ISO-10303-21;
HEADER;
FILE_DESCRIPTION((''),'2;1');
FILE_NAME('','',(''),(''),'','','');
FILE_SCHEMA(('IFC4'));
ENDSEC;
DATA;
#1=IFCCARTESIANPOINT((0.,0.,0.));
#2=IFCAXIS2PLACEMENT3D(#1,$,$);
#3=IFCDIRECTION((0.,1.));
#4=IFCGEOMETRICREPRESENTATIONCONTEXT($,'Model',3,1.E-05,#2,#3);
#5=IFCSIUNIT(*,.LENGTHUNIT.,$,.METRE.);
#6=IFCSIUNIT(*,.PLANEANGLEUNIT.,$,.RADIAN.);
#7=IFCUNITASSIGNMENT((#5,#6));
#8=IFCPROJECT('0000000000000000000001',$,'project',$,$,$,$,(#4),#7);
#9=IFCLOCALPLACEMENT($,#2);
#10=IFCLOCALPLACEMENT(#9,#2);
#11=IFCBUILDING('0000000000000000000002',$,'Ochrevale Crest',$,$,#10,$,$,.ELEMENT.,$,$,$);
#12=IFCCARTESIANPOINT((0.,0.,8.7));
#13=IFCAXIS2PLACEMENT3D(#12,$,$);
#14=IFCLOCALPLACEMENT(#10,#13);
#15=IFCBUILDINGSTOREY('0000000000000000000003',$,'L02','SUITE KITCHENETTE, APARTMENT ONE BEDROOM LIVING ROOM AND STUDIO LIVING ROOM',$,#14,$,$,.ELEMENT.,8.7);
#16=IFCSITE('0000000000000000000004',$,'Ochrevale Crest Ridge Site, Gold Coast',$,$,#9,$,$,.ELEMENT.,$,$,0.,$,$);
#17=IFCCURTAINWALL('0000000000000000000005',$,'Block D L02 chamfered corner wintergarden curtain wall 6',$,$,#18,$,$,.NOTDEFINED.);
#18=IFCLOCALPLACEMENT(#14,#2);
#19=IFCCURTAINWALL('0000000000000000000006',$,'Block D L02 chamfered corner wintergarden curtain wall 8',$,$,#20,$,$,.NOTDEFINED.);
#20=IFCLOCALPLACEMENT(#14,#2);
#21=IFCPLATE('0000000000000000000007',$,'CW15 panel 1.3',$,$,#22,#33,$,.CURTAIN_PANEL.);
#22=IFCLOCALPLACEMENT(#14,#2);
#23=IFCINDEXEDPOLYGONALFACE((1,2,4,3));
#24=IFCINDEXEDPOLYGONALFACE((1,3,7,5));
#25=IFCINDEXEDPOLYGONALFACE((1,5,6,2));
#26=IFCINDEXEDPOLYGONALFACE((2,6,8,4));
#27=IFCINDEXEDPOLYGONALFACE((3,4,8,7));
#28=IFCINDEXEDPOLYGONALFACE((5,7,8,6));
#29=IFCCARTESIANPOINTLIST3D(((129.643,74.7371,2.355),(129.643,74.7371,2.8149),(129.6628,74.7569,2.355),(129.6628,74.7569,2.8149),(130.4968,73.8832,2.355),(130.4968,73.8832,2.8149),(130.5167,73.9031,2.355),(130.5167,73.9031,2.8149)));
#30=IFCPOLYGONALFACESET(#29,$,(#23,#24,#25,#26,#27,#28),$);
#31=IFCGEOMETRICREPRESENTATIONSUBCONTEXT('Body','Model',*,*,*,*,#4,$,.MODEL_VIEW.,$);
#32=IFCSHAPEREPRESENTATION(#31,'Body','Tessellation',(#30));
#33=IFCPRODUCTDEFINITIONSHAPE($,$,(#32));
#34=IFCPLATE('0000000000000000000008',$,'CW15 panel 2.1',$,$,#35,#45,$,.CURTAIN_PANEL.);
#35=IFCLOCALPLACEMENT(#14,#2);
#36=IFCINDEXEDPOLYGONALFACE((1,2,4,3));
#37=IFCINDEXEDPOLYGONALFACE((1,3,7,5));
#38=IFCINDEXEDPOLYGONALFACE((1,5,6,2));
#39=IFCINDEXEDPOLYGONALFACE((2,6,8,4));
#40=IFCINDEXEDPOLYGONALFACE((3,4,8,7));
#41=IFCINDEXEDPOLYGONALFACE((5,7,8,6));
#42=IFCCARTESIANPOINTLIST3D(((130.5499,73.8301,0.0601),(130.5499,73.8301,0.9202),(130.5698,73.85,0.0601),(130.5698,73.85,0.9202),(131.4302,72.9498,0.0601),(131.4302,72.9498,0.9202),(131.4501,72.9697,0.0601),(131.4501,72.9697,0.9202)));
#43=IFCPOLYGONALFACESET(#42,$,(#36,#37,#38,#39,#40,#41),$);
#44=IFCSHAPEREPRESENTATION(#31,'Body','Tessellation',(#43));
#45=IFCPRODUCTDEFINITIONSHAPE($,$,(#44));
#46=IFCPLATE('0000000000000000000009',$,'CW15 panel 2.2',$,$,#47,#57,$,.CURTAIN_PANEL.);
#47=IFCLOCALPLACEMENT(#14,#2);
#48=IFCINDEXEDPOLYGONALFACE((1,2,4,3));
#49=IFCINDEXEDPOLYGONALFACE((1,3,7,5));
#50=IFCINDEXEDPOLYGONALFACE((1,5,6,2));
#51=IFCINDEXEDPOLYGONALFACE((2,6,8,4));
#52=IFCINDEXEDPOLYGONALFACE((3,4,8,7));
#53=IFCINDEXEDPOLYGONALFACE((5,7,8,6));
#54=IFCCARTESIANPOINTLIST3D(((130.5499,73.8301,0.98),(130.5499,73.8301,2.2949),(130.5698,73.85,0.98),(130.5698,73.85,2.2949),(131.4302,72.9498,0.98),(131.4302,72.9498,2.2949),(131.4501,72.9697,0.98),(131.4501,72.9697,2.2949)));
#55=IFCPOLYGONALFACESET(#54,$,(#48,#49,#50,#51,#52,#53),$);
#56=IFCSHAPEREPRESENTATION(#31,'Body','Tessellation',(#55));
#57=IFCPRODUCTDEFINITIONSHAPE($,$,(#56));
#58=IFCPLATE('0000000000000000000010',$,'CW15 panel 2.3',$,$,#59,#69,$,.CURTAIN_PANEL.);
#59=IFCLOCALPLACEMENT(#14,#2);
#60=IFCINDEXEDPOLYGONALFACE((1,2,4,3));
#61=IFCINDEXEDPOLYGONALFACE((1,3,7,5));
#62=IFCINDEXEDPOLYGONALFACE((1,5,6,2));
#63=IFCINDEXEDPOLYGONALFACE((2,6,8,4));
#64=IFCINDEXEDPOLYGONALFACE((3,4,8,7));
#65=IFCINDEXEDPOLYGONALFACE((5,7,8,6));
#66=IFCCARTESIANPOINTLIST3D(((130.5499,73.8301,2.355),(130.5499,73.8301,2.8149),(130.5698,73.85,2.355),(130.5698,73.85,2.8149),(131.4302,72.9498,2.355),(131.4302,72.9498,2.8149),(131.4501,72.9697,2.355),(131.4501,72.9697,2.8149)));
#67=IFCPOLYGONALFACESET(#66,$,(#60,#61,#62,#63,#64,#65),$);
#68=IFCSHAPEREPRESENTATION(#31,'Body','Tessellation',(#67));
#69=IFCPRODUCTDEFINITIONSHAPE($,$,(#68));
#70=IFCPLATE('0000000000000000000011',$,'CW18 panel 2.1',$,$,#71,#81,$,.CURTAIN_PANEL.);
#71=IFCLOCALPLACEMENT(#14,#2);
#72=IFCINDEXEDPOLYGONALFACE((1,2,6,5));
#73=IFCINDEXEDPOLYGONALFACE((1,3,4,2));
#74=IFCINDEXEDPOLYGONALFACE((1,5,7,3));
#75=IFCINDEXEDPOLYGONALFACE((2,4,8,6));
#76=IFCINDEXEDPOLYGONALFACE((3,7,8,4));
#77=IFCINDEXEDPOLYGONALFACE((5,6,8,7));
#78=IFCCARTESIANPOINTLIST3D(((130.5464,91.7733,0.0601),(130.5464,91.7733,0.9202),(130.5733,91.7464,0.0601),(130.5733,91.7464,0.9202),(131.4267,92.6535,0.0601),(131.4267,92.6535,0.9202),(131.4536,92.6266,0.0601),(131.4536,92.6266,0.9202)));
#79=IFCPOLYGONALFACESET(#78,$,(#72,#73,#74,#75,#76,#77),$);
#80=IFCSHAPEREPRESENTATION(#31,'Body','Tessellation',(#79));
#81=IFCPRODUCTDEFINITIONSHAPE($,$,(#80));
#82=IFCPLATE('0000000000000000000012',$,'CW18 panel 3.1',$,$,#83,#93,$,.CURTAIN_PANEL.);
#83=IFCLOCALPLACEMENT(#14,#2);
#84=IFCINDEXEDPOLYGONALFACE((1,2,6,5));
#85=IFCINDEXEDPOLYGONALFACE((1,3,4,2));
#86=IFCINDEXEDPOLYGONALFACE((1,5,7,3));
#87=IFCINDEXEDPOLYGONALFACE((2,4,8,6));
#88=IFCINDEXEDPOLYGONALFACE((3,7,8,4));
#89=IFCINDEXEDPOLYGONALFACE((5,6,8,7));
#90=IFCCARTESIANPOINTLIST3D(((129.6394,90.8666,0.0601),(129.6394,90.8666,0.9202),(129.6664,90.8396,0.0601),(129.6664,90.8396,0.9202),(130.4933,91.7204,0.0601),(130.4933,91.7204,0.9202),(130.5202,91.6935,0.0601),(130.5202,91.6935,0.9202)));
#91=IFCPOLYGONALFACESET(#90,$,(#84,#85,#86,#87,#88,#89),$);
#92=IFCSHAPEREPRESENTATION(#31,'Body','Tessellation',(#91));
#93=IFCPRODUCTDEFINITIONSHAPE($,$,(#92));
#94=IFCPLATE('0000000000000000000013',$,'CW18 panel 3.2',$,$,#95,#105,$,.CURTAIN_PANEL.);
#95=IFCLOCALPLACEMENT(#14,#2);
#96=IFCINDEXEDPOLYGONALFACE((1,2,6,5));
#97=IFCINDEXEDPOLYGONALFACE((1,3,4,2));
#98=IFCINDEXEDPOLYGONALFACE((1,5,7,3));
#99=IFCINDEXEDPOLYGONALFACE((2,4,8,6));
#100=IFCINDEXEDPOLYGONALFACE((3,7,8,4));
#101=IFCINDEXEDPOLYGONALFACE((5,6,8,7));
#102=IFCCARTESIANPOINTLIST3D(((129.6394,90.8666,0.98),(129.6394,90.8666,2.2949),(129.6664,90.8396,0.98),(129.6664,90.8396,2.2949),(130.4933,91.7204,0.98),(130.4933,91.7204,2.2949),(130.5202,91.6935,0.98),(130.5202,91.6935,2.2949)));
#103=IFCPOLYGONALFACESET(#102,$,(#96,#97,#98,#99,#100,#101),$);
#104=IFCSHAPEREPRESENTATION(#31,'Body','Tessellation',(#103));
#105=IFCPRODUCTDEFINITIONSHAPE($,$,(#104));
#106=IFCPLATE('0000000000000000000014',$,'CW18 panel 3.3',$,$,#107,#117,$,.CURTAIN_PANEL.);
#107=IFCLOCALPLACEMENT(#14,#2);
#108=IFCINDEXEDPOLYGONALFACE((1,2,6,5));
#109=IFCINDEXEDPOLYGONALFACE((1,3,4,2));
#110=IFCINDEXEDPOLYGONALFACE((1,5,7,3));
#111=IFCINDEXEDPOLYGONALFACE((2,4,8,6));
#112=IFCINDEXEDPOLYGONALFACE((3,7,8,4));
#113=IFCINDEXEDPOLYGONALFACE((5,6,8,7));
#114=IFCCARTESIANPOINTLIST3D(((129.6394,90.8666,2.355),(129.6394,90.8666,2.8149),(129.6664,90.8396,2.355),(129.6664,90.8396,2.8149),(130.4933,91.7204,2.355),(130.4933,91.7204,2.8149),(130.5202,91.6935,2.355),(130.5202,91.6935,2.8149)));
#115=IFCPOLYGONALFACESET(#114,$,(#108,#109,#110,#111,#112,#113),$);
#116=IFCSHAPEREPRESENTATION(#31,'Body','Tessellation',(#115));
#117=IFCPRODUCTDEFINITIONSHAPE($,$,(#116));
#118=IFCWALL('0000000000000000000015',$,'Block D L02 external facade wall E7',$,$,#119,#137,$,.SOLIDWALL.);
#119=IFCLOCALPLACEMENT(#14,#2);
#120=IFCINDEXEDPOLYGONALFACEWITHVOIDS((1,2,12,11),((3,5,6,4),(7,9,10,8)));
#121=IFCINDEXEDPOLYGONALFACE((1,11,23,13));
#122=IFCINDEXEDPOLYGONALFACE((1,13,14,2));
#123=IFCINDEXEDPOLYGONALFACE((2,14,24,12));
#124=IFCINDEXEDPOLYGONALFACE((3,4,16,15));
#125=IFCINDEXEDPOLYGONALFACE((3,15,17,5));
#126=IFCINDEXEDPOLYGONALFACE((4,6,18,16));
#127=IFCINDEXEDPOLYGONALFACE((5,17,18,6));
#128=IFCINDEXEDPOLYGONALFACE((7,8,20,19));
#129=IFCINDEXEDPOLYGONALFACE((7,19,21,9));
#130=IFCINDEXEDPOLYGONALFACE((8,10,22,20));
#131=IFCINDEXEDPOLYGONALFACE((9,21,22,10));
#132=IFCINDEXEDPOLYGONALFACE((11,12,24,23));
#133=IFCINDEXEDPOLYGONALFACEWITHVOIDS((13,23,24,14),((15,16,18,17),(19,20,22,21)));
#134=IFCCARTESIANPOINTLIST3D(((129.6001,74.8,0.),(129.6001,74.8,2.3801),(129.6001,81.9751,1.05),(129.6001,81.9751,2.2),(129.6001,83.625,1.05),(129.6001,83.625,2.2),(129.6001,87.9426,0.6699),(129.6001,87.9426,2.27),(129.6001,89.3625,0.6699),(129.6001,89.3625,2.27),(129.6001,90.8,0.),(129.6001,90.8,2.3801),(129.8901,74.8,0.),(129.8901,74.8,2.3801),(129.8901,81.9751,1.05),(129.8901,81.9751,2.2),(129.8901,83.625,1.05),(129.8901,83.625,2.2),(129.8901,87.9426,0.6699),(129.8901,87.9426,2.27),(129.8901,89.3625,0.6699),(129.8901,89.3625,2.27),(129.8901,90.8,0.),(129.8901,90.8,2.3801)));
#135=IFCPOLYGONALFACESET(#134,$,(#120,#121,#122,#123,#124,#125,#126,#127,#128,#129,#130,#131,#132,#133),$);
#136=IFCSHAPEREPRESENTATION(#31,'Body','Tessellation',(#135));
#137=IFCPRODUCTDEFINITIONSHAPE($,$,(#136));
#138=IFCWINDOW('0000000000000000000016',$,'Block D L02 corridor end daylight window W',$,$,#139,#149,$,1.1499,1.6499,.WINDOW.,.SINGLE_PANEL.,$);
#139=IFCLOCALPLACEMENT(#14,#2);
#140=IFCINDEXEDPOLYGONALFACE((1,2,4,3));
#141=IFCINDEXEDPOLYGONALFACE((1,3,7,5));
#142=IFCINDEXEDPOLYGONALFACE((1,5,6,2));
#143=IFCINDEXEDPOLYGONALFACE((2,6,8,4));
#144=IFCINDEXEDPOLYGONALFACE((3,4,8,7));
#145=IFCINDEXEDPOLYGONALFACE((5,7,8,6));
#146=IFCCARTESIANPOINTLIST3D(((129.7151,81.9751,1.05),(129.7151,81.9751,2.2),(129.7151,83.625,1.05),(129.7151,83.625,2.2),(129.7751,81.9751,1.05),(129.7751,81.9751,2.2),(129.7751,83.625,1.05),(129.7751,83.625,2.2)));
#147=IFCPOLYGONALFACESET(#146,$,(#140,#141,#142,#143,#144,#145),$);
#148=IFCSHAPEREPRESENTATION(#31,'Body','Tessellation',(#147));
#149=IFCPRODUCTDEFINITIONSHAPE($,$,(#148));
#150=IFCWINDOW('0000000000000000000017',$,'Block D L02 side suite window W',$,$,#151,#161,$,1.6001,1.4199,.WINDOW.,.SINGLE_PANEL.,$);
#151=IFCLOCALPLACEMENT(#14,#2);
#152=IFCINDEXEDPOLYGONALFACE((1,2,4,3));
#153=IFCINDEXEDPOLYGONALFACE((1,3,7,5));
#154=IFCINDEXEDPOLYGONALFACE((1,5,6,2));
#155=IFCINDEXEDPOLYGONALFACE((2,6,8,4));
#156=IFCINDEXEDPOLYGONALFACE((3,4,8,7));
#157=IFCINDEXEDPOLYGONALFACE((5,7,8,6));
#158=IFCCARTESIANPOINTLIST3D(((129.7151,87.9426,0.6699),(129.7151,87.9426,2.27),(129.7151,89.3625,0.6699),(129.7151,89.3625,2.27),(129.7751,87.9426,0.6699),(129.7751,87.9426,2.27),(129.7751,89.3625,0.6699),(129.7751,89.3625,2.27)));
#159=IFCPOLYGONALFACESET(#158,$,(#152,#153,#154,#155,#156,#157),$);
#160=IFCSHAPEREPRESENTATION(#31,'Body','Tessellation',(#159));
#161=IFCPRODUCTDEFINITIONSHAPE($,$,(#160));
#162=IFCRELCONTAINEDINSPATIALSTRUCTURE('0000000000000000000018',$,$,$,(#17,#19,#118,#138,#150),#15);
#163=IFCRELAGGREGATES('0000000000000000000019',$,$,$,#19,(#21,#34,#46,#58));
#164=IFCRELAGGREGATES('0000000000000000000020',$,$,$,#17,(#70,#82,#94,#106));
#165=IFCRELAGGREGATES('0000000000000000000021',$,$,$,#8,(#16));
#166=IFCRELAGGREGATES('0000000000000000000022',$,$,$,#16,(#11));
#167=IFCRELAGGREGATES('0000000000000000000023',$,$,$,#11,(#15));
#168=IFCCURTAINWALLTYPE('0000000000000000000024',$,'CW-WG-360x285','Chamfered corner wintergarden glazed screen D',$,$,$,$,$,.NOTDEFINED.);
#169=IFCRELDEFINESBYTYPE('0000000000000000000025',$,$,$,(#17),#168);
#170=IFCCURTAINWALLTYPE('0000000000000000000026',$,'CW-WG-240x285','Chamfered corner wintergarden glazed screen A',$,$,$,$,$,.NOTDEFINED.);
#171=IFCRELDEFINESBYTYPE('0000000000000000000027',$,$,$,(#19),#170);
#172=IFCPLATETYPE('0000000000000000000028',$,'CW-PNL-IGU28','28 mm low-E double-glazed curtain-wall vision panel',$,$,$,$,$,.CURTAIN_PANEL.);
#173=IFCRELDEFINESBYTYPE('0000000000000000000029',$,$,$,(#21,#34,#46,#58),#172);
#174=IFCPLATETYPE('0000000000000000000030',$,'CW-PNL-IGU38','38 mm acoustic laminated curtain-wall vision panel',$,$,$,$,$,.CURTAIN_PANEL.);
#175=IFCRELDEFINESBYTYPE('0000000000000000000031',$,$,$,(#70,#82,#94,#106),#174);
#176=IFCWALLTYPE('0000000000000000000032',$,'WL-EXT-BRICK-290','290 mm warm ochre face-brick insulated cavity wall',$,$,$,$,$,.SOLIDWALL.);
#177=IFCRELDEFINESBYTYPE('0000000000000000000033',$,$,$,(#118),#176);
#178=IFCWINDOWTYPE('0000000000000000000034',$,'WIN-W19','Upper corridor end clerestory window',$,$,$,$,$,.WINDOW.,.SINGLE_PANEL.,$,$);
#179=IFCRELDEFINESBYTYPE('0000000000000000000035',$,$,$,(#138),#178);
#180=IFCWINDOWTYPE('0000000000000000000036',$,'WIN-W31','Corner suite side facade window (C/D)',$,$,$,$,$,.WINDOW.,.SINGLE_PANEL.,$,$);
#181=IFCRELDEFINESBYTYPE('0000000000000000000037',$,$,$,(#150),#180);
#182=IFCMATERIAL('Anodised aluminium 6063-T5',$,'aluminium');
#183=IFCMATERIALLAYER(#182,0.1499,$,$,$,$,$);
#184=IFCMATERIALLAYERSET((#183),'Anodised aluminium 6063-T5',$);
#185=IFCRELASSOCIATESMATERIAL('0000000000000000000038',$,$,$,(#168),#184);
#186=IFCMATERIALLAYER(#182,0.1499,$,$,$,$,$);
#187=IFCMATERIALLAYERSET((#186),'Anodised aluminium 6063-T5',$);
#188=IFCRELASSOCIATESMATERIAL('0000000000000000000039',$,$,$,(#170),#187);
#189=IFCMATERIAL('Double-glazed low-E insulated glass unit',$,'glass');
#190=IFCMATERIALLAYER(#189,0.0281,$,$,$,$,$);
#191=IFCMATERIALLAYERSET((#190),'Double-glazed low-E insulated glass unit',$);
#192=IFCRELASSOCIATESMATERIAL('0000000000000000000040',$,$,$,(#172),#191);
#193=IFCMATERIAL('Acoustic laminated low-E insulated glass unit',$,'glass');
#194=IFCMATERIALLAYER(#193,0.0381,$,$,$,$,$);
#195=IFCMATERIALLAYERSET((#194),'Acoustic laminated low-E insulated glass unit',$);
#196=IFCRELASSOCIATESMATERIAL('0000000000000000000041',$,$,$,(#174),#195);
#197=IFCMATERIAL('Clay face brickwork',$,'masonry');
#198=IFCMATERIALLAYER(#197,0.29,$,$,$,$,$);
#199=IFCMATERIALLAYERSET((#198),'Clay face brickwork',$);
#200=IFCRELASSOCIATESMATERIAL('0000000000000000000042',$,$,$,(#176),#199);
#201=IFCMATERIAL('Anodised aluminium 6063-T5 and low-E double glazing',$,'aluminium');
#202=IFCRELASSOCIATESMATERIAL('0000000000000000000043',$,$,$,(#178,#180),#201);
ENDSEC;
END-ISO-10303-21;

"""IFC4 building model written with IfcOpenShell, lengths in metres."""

from ifc_helpers import new_model, si_unit, direction, frame, frame_2d, origin, origin_2d, place, context, subcontext, project, spatial, rectangle, extrude, material, layer, layer_set, type_object, element, fill, aggregate, save


model = new_model("IFC4")

# Units and contexts
model_context = context("Model", 3, precision=1e-05, world=origin(), true_north=direction((0.0, 1.0)))
body_context = subcontext(model_context, "Body", "Model", "MODEL_VIEW")
ifc_project = project(units=[si_unit("LENGTHUNIT", "METRE"), si_unit("PLANEANGLEUNIT", "RADIAN")], contexts=[model_context])

# Site, building, storey
site_placement = place(None, origin())
site = spatial("IfcSite", under=ifc_project, at=site_placement, Name="Ochrevale Crest Ridge Site, Gold Coast", CompositionType="ELEMENT", RefElevation=0.0)
building_placement = place(site_placement, origin())
building = spatial("IfcBuilding", under=site, at=building_placement, Name="Ochrevale Crest", CompositionType="ELEMENT")
storey_placement = place(building_placement, frame((0.0, 0.0, 8.7)))
storey = spatial("IfcBuildingStorey", under=building, at=storey_placement, Name="L02", Description="SUITE KITCHENETTE, APARTMENT ONE BEDROOM LIVING ROOM AND STUDIO LIVING ROOM", CompositionType="ELEMENT", Elevation=8.7)

# Curtain walls
ifc_material_1 = material(Name="Anodised aluminium 6063-T5", Category="aluminium")
ifc_layer_1 = layer(ifc_material_1, 0.1499)
ifc_layer_set_1 = layer_set([ifc_layer_1], Name="Anodised aluminium 6063-T5")
curtain_wall_type_1 = type_object("IfcCurtainWallType", Name="CW-WG-360x285", Description="Chamfered corner wintergarden glazed screen D", PredefinedType="NOTDEFINED", material=ifc_layer_set_1)
curtain_wall_1_placement = place(storey_placement, origin())
curtain_wall_1 = element("IfcCurtainWall", 1, at=curtain_wall_1_placement, inside=storey, type_object=curtain_wall_type_1, Name="Block D L02 chamfered corner wintergarden curtain wall 6", PredefinedType="NOTDEFINED")
ifc_layer_2 = layer(ifc_material_1, 0.1499)
ifc_layer_set_2 = layer_set([ifc_layer_2], Name="Anodised aluminium 6063-T5")
curtain_wall_type_2 = type_object("IfcCurtainWallType", Name="CW-WG-240x285", Description="Chamfered corner wintergarden glazed screen A", PredefinedType="NOTDEFINED", material=ifc_layer_set_2)
curtain_wall_2_placement = place(storey_placement, origin())
curtain_wall_2 = element("IfcCurtainWall", 2, at=curtain_wall_2_placement, inside=storey, type_object=curtain_wall_type_2, Name="Block D L02 chamfered corner wintergarden curtain wall 8", PredefinedType="NOTDEFINED")

# Plates
ifc_material_2 = material(Name="Double-glazed low-E insulated glass unit", Category="glass")
ifc_layer_3 = layer(ifc_material_2, 0.0281)
ifc_layer_set_3 = layer_set([ifc_layer_3], Name="Double-glazed low-E insulated glass unit")
plate_type_1 = type_object("IfcPlateType", Name="CW-PNL-IGU28", Description="28 mm low-E double-glazed curtain-wall vision panel", PredefinedType="CURTAIN_PANEL", material=ifc_layer_set_3)
plate_1_placement = place(storey_placement, frame((130.0798, 74.3201, 2.355), z_axis=(0.0, 0.0, 1.0), x_axis=(0.707107, -0.707107, 0.0)))
plate_1 = element("IfcPlate", 3, at=plate_1_placement, type_object=plate_type_1, Name="CW15 panel 1.3", PredefinedType="CURTAIN_PANEL", context=body_context, shape_type="SweptSolid", body=[
    extrude(rectangle(XDim=1.2075, YDim=0.0281, at=origin_2d()), origin(), (0.0, 0.0, 1.0), 0.46),
])
plate_2_placement = place(storey_placement, frame((131.0, 73.3999, 0.0601), z_axis=(0.0, 0.0, 1.0), x_axis=(0.707107, -0.707107, 0.0)))
plate_2 = element("IfcPlate", 4, at=plate_2_placement, type_object=plate_type_1, Name="CW15 panel 2.1", PredefinedType="CURTAIN_PANEL", context=body_context, shape_type="SweptSolid", body=[
    extrude(rectangle(XDim=1.2449, YDim=0.0281, at=origin_2d()), origin(), (0.0, 0.0, 1.0), 0.8601),
])
plate_3_placement = place(storey_placement, frame((131.0, 73.3999, 0.98), z_axis=(0.0, 0.0, 1.0), x_axis=(0.707107, -0.707107, 0.0)))
plate_3 = element("IfcPlate", 5, at=plate_3_placement, type_object=plate_type_1, Name="CW15 panel 2.2", PredefinedType="CURTAIN_PANEL", context=body_context, shape_type="SweptSolid", body=[
    extrude(rectangle(XDim=1.2449, YDim=0.0281, at=origin_2d()), origin(), (0.0, 0.0, 1.0), 1.3149),
])
plate_4_placement = place(storey_placement, frame((131.0, 73.3999, 2.355), z_axis=(0.0, 0.0, 1.0), x_axis=(0.707107, -0.707107, 0.0)))
plate_4 = element("IfcPlate", 6, at=plate_4_placement, type_object=plate_type_1, Name="CW15 panel 2.3", PredefinedType="CURTAIN_PANEL", context=body_context, shape_type="SweptSolid", body=[
    extrude(rectangle(XDim=1.2449, YDim=0.0281, at=origin_2d()), origin(), (0.0, 0.0, 1.0), 0.46),
])
aggregate(curtain_wall_2, [plate_1, plate_2, plate_3, plate_4])
ifc_material_3 = material(Name="Acoustic laminated low-E insulated glass unit", Category="glass")
ifc_layer_4 = layer(ifc_material_3, 0.0381)
ifc_layer_set_4 = layer_set([ifc_layer_4], Name="Acoustic laminated low-E insulated glass unit")
plate_type_2 = type_object("IfcPlateType", Name="CW-PNL-IGU38", Description="38 mm acoustic laminated curtain-wall vision panel", PredefinedType="CURTAIN_PANEL", material=ifc_layer_set_4)
plate_5_placement = place(storey_placement, frame((131.0, 92.2, 0.0601), z_axis=(0.0, 0.0, 1.0), x_axis=(-0.707107, -0.707107, 0.0)))
plate_5 = element("IfcPlate", 7, at=plate_5_placement, type_object=plate_type_2, Name="CW18 panel 2.1", PredefinedType="CURTAIN_PANEL", context=body_context, shape_type="SweptSolid", body=[
    extrude(rectangle(XDim=1.2449, YDim=0.0381, at=origin_2d()), origin(), (0.0, 0.0, 1.0), 0.8601),
])
plate_6_placement = place(storey_placement, frame((130.0798, 91.28, 0.0601), z_axis=(0.0, 0.0, 1.0), x_axis=(-0.707107, -0.707107, 0.0)))
plate_6 = element("IfcPlate", 8, at=plate_6_placement, type_object=plate_type_2, Name="CW18 panel 3.1", PredefinedType="CURTAIN_PANEL", context=body_context, shape_type="SweptSolid", body=[
    extrude(rectangle(XDim=1.2075, YDim=0.0381, at=origin_2d()), origin(), (0.0, 0.0, 1.0), 0.8601),
])
plate_7_placement = place(storey_placement, frame((130.0798, 91.28, 0.98), z_axis=(0.0, 0.0, 1.0), x_axis=(-0.707107, -0.707107, 0.0)))
plate_7 = element("IfcPlate", 9, at=plate_7_placement, type_object=plate_type_2, Name="CW18 panel 3.2", PredefinedType="CURTAIN_PANEL", context=body_context, shape_type="SweptSolid", body=[
    extrude(rectangle(XDim=1.2075, YDim=0.0381, at=origin_2d()), origin(), (0.0, 0.0, 1.0), 1.3149),
])
plate_8_placement = place(storey_placement, frame((130.0798, 91.28, 2.355), z_axis=(0.0, 0.0, 1.0), x_axis=(-0.707107, -0.707107, 0.0)))
plate_8 = element("IfcPlate", 10, at=plate_8_placement, type_object=plate_type_2, Name="CW18 panel 3.3", PredefinedType="CURTAIN_PANEL", context=body_context, shape_type="SweptSolid", body=[
    extrude(rectangle(XDim=1.2075, YDim=0.0381, at=origin_2d()), origin(), (0.0, 0.0, 1.0), 0.46),
])
aggregate(curtain_wall_1, [plate_5, plate_6, plate_7, plate_8])

# Wall, openings, windows
ifc_material_4 = material(Name="Clay face brickwork", Category="masonry")
ifc_layer_5 = layer(ifc_material_4, 0.29)
ifc_layer_set_5 = layer_set([ifc_layer_5], Name="Clay face brickwork")
wall_type_1 = type_object("IfcWallType", Name="WL-EXT-BRICK-290", Description="290 mm warm ochre face-brick insulated cavity wall", PredefinedType="SOLIDWALL", material=ifc_layer_set_5)
wall_1_placement = place(storey_placement, frame((129.7451, 90.8, 0.0), z_axis=(0.0, 0.0, 1.0), x_axis=(0.0, -1.0, 0.0)))
wall_1 = element("IfcWall", 11, at=wall_1_placement, inside=storey, type_object=wall_type_1, Name="Block D L02 external facade wall E7", PredefinedType="SOLIDWALL", context=body_context, shape_type="SweptSolid", body=[
    extrude(rectangle(XDim=16.0, YDim=0.29, at=frame_2d((8.0, 0.0))), origin(), (0.0, 0.0, 1.0), 2.3801),
])
opening_1_placement = place(wall_1_placement, frame((7.175, 0.0, 1.05)))
opening_1 = element("IfcOpeningElement", 12, at=opening_1_placement, cuts=wall_1, PredefinedType="OPENING", context=body_context, shape_type="SweptSolid", body=[
    extrude(rectangle(XDim=1.6499, YDim=1.1499, at=frame_2d((0.825, 0.575))), frame((0.0, 0.155, 0.0), z_axis=(0.0, -1.0, 0.0), x_axis=(1.0, 0.0, 0.0)), (0.0, 0.0, 1.0), 0.3101),
])
opening_2_placement = place(wall_1_placement, frame((1.4375, 0.0, 0.6699)))
opening_2 = element("IfcOpeningElement", 13, at=opening_2_placement, cuts=wall_1, PredefinedType="OPENING", context=body_context, shape_type="SweptSolid", body=[
    extrude(rectangle(XDim=1.4199, YDim=1.6001, at=frame_2d((0.71, 0.8))), frame((0.0, 0.155, 0.0), z_axis=(0.0, -1.0, 0.0), x_axis=(1.0, 0.0, 0.0)), (0.0, 0.0, 1.0), 0.3101),
])
ifc_material_5 = material(Name="Anodised aluminium 6063-T5 and low-E double glazing", Category="aluminium")
window_type_1 = type_object("IfcWindowType", Name="WIN-W19", Description="Upper corridor end clerestory window", PartitioningType="SINGLE_PANEL", PredefinedType="WINDOW", material=ifc_material_5)
window_1_placement = place(opening_1_placement, origin())
window_1 = element("IfcWindow", 14, at=window_1_placement, inside=storey, type_object=window_type_1, Name="Block D L02 corridor end daylight window W", OverallHeight=1.1499, OverallWidth=1.6499, PartitioningType="SINGLE_PANEL", PredefinedType="WINDOW", context=body_context, shape_type="SweptSolid", body=[
    extrude(rectangle(XDim=1.6499, YDim=1.1499, at=frame_2d((0.825, 0.575))), frame((0.0, 0.03, 0.0), z_axis=(0.0, -1.0, 0.0), x_axis=(1.0, 0.0, 0.0)), (0.0, 0.0, 1.0), 0.0601),
])
fill(opening_1, window_1)
window_type_2 = type_object("IfcWindowType", Name="WIN-W31", Description="Corner suite side facade window (C/D)", PartitioningType="SINGLE_PANEL", PredefinedType="WINDOW", material=ifc_material_5)
window_2_placement = place(opening_2_placement, origin())
window_2 = element("IfcWindow", 15, at=window_2_placement, inside=storey, type_object=window_type_2, Name="Block D L02 side suite window W", OverallHeight=1.6001, OverallWidth=1.4199, PartitioningType="SINGLE_PANEL", PredefinedType="WINDOW", context=body_context, shape_type="SweptSolid", body=[
    extrude(rectangle(XDim=1.4199, YDim=1.6001, at=frame_2d((0.71, 0.8))), frame((0.0, 0.03, 0.0), z_axis=(0.0, -1.0, 0.0), x_axis=(1.0, 0.0, 0.0)), (0.0, 0.0, 1.0), 0.0601),
])
fill(opening_2, window_2)

save(model, "model.ifc")
